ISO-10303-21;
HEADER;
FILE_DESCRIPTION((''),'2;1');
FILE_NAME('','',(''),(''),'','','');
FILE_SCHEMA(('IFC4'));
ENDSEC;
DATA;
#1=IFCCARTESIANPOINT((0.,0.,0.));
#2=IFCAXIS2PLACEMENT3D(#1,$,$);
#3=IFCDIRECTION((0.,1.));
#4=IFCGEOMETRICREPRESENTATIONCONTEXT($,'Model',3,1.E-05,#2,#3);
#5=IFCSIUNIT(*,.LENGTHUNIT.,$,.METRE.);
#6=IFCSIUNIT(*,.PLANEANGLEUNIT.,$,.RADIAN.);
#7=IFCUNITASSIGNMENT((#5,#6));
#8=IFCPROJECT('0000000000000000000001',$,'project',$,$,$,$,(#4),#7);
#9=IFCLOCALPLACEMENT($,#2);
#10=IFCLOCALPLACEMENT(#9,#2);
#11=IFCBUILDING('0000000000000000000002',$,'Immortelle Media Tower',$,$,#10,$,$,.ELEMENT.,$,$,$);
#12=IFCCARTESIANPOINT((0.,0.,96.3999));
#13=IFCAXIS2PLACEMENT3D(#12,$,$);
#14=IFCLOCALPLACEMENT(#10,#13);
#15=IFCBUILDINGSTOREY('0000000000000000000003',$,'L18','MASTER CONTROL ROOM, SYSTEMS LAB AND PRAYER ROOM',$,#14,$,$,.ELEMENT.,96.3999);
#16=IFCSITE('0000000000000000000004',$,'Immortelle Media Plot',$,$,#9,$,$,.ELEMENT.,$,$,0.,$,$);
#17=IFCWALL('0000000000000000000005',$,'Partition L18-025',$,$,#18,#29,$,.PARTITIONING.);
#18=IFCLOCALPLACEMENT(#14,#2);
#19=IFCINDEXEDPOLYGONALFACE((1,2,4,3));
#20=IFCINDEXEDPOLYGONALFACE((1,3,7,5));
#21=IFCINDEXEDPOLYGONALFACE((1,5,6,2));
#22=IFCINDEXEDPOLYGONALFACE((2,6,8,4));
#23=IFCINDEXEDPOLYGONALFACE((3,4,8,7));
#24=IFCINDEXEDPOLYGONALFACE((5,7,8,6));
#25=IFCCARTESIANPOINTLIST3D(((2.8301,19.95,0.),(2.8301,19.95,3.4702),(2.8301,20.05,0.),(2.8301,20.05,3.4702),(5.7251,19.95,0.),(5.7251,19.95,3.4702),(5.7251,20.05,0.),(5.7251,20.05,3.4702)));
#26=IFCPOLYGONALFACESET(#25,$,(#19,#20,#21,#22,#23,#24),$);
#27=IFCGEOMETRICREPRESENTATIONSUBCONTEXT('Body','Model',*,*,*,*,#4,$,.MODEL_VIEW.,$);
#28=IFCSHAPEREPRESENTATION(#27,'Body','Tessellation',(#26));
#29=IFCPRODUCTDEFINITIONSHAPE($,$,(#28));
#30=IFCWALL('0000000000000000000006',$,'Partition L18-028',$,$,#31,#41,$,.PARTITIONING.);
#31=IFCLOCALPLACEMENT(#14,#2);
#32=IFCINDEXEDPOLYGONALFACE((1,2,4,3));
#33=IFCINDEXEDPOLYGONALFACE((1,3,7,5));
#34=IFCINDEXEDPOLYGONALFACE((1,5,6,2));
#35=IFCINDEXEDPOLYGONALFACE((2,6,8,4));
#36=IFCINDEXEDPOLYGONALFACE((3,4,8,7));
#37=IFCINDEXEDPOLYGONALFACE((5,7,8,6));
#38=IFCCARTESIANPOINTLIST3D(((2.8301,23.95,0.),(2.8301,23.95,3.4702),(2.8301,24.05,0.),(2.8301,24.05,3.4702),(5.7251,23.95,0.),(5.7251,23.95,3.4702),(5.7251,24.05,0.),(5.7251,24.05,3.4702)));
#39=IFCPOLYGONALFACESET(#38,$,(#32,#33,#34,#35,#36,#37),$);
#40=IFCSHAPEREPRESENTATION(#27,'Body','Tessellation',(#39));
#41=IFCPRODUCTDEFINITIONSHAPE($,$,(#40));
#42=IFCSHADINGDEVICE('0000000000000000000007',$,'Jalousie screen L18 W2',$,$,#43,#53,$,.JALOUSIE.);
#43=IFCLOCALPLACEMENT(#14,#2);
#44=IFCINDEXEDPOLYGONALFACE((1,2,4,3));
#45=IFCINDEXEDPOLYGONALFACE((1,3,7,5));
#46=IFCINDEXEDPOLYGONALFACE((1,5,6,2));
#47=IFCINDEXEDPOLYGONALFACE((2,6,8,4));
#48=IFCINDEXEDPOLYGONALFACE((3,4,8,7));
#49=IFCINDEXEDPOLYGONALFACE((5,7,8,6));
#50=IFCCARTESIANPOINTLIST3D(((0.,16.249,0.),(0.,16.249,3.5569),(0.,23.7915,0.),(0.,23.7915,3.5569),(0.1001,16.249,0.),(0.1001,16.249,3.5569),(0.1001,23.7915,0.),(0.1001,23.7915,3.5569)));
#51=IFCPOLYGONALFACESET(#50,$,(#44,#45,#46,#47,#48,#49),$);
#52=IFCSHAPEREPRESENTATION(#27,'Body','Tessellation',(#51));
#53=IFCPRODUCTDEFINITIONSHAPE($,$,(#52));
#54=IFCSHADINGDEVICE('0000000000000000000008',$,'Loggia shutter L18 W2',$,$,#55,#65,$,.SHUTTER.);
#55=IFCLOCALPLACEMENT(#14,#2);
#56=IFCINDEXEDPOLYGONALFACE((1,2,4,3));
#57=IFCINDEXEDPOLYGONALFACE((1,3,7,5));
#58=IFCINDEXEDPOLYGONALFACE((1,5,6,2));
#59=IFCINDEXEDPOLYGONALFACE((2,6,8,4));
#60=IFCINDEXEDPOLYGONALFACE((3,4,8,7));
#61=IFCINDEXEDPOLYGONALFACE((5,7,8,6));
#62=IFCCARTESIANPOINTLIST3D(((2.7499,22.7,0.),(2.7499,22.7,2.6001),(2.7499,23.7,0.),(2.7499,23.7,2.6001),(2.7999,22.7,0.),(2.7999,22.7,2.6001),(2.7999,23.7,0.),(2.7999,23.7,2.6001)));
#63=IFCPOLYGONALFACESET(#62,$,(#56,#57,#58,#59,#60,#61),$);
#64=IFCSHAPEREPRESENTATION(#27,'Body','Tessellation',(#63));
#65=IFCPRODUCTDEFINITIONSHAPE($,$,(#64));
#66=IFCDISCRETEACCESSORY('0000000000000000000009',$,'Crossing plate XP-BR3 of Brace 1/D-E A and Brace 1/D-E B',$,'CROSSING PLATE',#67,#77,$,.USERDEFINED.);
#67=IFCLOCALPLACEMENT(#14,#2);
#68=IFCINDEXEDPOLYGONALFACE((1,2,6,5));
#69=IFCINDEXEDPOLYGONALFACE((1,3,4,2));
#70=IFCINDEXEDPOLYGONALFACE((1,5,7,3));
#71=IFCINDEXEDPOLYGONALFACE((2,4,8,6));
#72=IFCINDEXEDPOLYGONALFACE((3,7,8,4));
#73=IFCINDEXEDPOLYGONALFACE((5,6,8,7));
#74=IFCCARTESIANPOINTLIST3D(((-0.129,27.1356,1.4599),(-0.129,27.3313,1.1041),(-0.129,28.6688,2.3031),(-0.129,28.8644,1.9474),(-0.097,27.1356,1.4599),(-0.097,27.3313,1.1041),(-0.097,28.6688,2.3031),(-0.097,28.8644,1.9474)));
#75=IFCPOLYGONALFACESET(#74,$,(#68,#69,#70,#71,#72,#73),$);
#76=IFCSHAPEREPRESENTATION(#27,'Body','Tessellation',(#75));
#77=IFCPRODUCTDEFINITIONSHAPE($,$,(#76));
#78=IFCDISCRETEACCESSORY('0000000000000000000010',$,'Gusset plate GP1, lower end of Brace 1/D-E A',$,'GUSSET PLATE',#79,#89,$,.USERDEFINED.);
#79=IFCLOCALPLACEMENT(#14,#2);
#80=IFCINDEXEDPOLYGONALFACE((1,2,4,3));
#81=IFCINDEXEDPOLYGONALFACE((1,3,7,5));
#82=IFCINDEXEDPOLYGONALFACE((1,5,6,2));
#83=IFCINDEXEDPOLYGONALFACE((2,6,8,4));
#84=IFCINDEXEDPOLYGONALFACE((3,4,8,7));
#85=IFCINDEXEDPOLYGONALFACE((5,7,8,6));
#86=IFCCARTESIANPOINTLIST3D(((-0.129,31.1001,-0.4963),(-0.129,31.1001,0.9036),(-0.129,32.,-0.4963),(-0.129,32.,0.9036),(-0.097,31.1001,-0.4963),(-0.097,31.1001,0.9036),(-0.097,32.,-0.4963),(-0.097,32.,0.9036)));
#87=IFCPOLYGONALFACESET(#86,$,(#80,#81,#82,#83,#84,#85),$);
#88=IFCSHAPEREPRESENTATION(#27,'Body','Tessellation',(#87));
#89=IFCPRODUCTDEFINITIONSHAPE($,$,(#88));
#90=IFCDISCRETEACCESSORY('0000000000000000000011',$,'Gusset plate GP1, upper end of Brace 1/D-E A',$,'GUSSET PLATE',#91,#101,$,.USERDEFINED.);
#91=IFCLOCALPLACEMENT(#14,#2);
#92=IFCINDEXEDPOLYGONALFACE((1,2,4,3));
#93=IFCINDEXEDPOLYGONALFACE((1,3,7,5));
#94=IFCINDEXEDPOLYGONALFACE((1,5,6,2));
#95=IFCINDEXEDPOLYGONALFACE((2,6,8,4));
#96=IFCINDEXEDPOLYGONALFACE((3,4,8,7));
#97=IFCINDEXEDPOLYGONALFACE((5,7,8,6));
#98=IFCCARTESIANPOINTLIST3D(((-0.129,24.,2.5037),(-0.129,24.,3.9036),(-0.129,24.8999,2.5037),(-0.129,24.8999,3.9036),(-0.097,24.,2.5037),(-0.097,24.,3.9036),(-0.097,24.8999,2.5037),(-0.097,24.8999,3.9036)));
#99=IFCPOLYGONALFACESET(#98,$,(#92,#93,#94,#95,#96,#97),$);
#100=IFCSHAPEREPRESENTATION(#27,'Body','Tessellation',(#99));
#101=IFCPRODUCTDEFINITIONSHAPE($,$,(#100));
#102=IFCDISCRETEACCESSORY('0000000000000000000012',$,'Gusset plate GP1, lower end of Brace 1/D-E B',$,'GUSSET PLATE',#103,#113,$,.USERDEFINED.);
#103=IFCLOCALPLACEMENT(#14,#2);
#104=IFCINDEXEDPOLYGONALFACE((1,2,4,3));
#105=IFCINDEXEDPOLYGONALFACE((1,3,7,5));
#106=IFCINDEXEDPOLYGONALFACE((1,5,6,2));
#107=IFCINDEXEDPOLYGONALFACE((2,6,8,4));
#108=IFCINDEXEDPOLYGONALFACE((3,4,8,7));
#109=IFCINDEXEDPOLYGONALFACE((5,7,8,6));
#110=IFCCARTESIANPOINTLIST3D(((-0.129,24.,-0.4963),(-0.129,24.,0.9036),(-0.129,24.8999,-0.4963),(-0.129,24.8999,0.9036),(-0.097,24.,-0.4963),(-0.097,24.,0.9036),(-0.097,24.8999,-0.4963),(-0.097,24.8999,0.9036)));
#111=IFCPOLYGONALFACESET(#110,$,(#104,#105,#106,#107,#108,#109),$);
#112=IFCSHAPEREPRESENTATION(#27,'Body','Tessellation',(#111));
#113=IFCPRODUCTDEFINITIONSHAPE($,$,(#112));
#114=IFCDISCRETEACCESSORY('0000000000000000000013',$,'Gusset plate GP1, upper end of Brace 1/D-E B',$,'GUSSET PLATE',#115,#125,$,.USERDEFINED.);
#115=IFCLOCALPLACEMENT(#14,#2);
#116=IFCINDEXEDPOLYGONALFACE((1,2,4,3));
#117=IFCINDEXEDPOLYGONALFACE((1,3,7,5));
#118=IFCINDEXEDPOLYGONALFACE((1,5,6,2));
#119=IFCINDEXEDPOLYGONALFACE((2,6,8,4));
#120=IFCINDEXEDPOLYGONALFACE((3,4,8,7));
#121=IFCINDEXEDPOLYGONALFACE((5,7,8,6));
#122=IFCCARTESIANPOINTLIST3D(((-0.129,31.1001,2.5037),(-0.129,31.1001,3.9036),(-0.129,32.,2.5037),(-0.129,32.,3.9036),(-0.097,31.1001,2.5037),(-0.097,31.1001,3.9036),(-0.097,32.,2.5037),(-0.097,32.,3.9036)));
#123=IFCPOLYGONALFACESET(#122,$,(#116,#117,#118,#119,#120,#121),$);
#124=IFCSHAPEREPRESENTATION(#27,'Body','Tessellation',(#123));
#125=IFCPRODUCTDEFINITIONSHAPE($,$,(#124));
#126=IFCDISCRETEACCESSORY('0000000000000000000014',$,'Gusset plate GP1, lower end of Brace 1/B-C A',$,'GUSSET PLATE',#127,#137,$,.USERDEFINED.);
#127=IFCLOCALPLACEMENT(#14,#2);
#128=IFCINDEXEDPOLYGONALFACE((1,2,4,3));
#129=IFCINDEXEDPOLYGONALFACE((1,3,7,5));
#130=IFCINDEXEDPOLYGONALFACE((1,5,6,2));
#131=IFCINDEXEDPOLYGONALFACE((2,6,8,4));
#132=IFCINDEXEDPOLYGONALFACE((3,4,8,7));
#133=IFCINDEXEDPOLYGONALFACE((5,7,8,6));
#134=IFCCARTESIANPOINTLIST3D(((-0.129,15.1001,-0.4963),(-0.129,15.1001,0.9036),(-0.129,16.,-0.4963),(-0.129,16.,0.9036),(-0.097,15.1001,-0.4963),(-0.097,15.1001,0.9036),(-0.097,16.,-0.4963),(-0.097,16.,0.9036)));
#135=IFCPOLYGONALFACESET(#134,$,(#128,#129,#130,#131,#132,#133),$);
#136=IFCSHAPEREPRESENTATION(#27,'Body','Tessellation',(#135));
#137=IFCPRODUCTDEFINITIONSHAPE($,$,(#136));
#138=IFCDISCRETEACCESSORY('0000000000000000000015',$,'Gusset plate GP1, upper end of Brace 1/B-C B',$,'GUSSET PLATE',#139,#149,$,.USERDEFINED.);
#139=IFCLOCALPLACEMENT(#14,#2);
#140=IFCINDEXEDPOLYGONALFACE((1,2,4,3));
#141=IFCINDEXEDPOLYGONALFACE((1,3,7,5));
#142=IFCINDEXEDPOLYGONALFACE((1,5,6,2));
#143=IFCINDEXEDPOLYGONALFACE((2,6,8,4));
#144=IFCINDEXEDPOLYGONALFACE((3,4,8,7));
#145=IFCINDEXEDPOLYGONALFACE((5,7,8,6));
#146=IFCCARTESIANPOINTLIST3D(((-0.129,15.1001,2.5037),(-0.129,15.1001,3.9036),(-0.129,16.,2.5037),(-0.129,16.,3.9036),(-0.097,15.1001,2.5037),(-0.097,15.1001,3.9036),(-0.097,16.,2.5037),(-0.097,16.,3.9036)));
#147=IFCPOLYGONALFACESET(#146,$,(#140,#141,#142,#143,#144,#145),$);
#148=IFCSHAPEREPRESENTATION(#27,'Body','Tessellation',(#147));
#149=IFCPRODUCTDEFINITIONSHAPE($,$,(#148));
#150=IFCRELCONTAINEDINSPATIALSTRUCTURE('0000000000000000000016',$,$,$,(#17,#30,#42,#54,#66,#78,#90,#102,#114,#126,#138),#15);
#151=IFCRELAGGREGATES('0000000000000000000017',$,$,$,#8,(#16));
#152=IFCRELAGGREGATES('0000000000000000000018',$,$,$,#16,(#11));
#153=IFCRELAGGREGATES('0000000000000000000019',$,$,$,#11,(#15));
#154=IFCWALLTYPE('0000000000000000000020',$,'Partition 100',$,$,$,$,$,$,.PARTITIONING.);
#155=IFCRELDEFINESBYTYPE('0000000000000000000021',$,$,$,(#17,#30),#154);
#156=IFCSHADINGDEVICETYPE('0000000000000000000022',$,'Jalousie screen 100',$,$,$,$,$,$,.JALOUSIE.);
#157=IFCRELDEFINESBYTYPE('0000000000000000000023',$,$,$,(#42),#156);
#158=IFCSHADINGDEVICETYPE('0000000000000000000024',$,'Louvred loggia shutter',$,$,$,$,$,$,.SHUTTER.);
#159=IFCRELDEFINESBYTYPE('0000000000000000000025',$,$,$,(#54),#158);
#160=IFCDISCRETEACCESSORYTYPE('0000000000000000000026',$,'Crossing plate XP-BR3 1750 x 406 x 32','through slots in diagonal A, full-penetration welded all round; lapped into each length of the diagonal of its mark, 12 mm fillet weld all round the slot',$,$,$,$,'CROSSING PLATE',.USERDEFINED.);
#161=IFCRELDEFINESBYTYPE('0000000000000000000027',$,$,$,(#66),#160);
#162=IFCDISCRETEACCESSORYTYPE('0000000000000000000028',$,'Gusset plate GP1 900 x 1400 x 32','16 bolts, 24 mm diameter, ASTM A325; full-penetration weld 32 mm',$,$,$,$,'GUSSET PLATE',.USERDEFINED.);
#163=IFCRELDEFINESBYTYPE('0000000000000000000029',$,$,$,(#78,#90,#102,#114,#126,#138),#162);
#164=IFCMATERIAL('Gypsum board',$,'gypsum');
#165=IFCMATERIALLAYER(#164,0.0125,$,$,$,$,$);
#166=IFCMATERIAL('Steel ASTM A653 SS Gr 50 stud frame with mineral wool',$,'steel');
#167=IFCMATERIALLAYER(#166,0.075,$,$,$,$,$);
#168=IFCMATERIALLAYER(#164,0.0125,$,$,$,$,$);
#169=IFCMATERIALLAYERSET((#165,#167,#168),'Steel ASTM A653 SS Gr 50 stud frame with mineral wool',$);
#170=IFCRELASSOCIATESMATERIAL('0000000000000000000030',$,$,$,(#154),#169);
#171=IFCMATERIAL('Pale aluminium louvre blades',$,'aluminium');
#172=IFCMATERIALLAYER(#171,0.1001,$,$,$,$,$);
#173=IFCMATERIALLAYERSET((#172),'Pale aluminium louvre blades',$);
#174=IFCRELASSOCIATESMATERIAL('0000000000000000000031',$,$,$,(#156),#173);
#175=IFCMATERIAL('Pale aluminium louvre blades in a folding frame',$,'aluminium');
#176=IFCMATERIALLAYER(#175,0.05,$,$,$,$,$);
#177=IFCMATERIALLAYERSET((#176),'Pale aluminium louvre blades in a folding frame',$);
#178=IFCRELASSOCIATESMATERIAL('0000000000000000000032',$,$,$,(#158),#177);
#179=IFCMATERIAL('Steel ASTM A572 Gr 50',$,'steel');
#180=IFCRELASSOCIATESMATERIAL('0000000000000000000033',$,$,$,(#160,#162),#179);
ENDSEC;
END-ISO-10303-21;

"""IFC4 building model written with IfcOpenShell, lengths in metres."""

from ifc_helpers import new_model, si_unit, direction, frame, frame_2d, origin, origin_2d, place, context, subcontext, project, spatial, rectangle, extrude, material, layer, layer_set, material_profile, profile_set, type_object, element, save


model = new_model("IFC4")

# Units and contexts
model_context = context("Model", 3, precision=1e-05, world=origin(), true_north=direction((0.0, 1.0)))
body_context = subcontext(model_context, "Body", "Model", "MODEL_VIEW")
ifc_project = project(units=[si_unit("LENGTHUNIT", "METRE"), si_unit("PLANEANGLEUNIT", "RADIAN")], contexts=[model_context])

# Site, building, storey
site_placement = place(None, origin())
site = spatial("IfcSite", under=ifc_project, at=site_placement, Name="Immortelle Media Plot", CompositionType="ELEMENT", RefElevation=0.0)
building_placement = place(site_placement, origin())
building = spatial("IfcBuilding", under=site, at=building_placement, Name="Immortelle Media Tower", CompositionType="ELEMENT")
storey_placement = place(building_placement, frame((0.0, 0.0, 96.3999)))
storey = spatial("IfcBuildingStorey", under=building, at=storey_placement, Name="L18", Description="MASTER CONTROL ROOM, SYSTEMS LAB AND PRAYER ROOM", CompositionType="ELEMENT", Elevation=96.3999)

# Walls
ifc_material_1 = material(Name="Steel ASTM A653 SS Gr 50 stud frame with mineral wool", Category="steel")
ifc_material_2 = material(Name="Gypsum board", Category="gypsum")
ifc_layer_1 = layer(ifc_material_2, 0.0125)
ifc_layer_2 = layer(ifc_material_1, 0.075)
ifc_layer_3 = layer(ifc_material_2, 0.0125)
ifc_layer_set_1 = layer_set([ifc_layer_1, ifc_layer_2, ifc_layer_3], Name="Steel ASTM A653 SS Gr 50 stud frame with mineral wool")
wall_type_1 = type_object("IfcWallType", Name="Partition 100", PredefinedType="PARTITIONING", material=ifc_layer_set_1)
for number, where, z_axis, x_axis, name in (
    (1, (2.8301, 20.0, 0.0), (0.0, 0.0, 1.0), (1.0, 0.0, 0.0), "Partition L18-025"),
    (2, (2.8301, 24.0, 0.0), (0.0, 0.0, 1.0), (1.0, 0.0, 0.0), "Partition L18-028"),
):
    element("IfcWall", number, at=place(storey_placement, frame(where, z_axis=z_axis, x_axis=x_axis)), inside=storey, type_object=wall_type_1, Name=name, PredefinedType="PARTITIONING", context=body_context, shape_type="SweptSolid", body=[
        extrude(rectangle(XDim=2.895, YDim=0.1001, at=frame_2d((1.4475, 0.0))), origin(), (0.0, 0.0, 1.0), 3.4702),
    ])

# Shading devices
ifc_material_3 = material(Name="Pale aluminium louvre blades", Category="aluminium")
ifc_layer_4 = layer(ifc_material_3, 0.1001)
ifc_layer_set_2 = layer_set([ifc_layer_4], Name="Pale aluminium louvre blades")
shading_device_type_1 = type_object("IfcShadingDeviceType", Name="Jalousie screen 100", PredefinedType="JALOUSIE", material=ifc_layer_set_2)
shading_device_1_placement = place(storey_placement, frame((0.05, 20.0203, 0.0), z_axis=(0.0, 0.0, 1.0), x_axis=(0.0, -1.0, 0.0)))
element("IfcShadingDevice", 3, at=shading_device_1_placement, inside=storey, type_object=shading_device_type_1, Name="Jalousie screen L18 W2", PredefinedType="JALOUSIE", context=body_context, shape_type="SweptSolid", body=[
    extrude(rectangle(XDim=7.5425, YDim=0.1001, at=origin_2d()), origin(), (0.0, 0.0, 1.0), 3.5569),
])
ifc_material_4 = material(Name="Pale aluminium louvre blades in a folding frame", Category="aluminium")
ifc_layer_5 = layer(ifc_material_4, 0.05)
ifc_layer_set_3 = layer_set([ifc_layer_5], Name="Pale aluminium louvre blades in a folding frame")
shading_device_type_2 = type_object("IfcShadingDeviceType", Name="Louvred loggia shutter", PredefinedType="SHUTTER", material=ifc_layer_set_3)
shading_device_2_placement = place(storey_placement, frame((2.7749, 23.2, 0.0), z_axis=(0.0, 0.0, 1.0), x_axis=(0.0, -1.0, 0.0)))
element("IfcShadingDevice", 4, at=shading_device_2_placement, inside=storey, type_object=shading_device_type_2, Name="Loggia shutter L18 W2", PredefinedType="SHUTTER", context=body_context, shape_type="SweptSolid", body=[
    extrude(rectangle(XDim=1.0, YDim=0.05, at=origin_2d()), origin(), (0.0, 0.0, 1.0), 2.6001),
])

# Discrete accessories
ifc_material_5 = material(Name="Steel ASTM A572 Gr 50", Category="steel")
ifc_material_profile_1 = material_profile(ifc_material_5, rectangle(XDim=0.032, YDim=0.406, at=origin_2d()), Name="PL 32 x 406")
ifc_profile_set_1 = profile_set([ifc_material_profile_1], Name="Steel ASTM A572 Gr 50")
discrete_accessory_type_1 = type_object("IfcDiscreteAccessoryType", Name="Crossing plate XP-BR3 1750 x 406 x 32", Description="through slots in diagonal A, full-penetration welded all round; lapped into each length of the diagonal of its mark, 12 mm fillet weld all round the slot", ElementType="CROSSING PLATE", PredefinedType="USERDEFINED", material=ifc_profile_set_1)
discrete_accessory_placement = place(storey_placement, frame((-0.113, 28.7666, 2.1252), z_axis=(0.0, -0.876216, -0.481919), x_axis=(1.0, 0.0, 0.0)))
element("IfcDiscreteAccessory", 5, at=discrete_accessory_placement, inside=storey, type_object=discrete_accessory_type_1, Name="Crossing plate XP-BR3 of Brace 1/D-E A and Brace 1/D-E B", ObjectType="CROSSING PLATE", PredefinedType="USERDEFINED", context=body_context, shape_type="SweptSolid", body=[
    extrude(rectangle(XDim=0.032, YDim=0.406, at=origin_2d()), origin(), (0.0, 0.0, 1.0), 1.7498),
])
ifc_material_profile_2 = material_profile(ifc_material_5, rectangle(XDim=0.032, YDim=1.3999, at=origin_2d()), Name="PL 32 x 1400")
ifc_profile_set_2 = profile_set([ifc_material_profile_2], Name="Steel ASTM A572 Gr 50")
discrete_accessory_type_2 = type_object("IfcDiscreteAccessoryType", Name="Gusset plate GP1 900 x 1400 x 32", Description="16 bolts, 24 mm diameter, ASTM A325; full-penetration weld 32 mm", ElementType="GUSSET PLATE", PredefinedType="USERDEFINED", material=ifc_profile_set_2)
for number, where, z_axis, x_axis, name in (
    (6, (-0.113, 32.0, 0.2036), (0.0, -1.0, 0.0), (1.0, 0.0, 0.0), "Gusset plate GP1, lower end of Brace 1/D-E A"),
    (7, (-0.113, 24.0, 3.2036), (0.0, 1.0, 0.0), (-1.0, 0.0, 0.0), "Gusset plate GP1, upper end of Brace 1/D-E A"),
    (8, (-0.113, 24.0, 0.2036), (0.0, 1.0, 0.0), (-1.0, 0.0, 0.0), "Gusset plate GP1, lower end of Brace 1/D-E B"),
    (9, (-0.113, 32.0, 3.2036), (0.0, -1.0, 0.0), (1.0, 0.0, 0.0), "Gusset plate GP1, upper end of Brace 1/D-E B"),
    (10, (-0.113, 16.0, 0.2036), (0.0, -1.0, 0.0), (1.0, 0.0, 0.0), "Gusset plate GP1, lower end of Brace 1/B-C A"),
    (11, (-0.113, 16.0, 3.2036), (0.0, -1.0, 0.0), (1.0, 0.0, 0.0), "Gusset plate GP1, upper end of Brace 1/B-C B"),
):
    element("IfcDiscreteAccessory", number, at=place(storey_placement, frame(where, z_axis=z_axis, x_axis=x_axis)), inside=storey, type_object=discrete_accessory_type_2, Name=name, ObjectType="GUSSET PLATE", PredefinedType="USERDEFINED", context=body_context, shape_type="SweptSolid", body=[
        extrude(rectangle(XDim=0.032, YDim=1.3999, at=origin_2d()), origin(), (0.0, 0.0, 1.0), 0.8999),
    ])

save(model, "model.ifc")
